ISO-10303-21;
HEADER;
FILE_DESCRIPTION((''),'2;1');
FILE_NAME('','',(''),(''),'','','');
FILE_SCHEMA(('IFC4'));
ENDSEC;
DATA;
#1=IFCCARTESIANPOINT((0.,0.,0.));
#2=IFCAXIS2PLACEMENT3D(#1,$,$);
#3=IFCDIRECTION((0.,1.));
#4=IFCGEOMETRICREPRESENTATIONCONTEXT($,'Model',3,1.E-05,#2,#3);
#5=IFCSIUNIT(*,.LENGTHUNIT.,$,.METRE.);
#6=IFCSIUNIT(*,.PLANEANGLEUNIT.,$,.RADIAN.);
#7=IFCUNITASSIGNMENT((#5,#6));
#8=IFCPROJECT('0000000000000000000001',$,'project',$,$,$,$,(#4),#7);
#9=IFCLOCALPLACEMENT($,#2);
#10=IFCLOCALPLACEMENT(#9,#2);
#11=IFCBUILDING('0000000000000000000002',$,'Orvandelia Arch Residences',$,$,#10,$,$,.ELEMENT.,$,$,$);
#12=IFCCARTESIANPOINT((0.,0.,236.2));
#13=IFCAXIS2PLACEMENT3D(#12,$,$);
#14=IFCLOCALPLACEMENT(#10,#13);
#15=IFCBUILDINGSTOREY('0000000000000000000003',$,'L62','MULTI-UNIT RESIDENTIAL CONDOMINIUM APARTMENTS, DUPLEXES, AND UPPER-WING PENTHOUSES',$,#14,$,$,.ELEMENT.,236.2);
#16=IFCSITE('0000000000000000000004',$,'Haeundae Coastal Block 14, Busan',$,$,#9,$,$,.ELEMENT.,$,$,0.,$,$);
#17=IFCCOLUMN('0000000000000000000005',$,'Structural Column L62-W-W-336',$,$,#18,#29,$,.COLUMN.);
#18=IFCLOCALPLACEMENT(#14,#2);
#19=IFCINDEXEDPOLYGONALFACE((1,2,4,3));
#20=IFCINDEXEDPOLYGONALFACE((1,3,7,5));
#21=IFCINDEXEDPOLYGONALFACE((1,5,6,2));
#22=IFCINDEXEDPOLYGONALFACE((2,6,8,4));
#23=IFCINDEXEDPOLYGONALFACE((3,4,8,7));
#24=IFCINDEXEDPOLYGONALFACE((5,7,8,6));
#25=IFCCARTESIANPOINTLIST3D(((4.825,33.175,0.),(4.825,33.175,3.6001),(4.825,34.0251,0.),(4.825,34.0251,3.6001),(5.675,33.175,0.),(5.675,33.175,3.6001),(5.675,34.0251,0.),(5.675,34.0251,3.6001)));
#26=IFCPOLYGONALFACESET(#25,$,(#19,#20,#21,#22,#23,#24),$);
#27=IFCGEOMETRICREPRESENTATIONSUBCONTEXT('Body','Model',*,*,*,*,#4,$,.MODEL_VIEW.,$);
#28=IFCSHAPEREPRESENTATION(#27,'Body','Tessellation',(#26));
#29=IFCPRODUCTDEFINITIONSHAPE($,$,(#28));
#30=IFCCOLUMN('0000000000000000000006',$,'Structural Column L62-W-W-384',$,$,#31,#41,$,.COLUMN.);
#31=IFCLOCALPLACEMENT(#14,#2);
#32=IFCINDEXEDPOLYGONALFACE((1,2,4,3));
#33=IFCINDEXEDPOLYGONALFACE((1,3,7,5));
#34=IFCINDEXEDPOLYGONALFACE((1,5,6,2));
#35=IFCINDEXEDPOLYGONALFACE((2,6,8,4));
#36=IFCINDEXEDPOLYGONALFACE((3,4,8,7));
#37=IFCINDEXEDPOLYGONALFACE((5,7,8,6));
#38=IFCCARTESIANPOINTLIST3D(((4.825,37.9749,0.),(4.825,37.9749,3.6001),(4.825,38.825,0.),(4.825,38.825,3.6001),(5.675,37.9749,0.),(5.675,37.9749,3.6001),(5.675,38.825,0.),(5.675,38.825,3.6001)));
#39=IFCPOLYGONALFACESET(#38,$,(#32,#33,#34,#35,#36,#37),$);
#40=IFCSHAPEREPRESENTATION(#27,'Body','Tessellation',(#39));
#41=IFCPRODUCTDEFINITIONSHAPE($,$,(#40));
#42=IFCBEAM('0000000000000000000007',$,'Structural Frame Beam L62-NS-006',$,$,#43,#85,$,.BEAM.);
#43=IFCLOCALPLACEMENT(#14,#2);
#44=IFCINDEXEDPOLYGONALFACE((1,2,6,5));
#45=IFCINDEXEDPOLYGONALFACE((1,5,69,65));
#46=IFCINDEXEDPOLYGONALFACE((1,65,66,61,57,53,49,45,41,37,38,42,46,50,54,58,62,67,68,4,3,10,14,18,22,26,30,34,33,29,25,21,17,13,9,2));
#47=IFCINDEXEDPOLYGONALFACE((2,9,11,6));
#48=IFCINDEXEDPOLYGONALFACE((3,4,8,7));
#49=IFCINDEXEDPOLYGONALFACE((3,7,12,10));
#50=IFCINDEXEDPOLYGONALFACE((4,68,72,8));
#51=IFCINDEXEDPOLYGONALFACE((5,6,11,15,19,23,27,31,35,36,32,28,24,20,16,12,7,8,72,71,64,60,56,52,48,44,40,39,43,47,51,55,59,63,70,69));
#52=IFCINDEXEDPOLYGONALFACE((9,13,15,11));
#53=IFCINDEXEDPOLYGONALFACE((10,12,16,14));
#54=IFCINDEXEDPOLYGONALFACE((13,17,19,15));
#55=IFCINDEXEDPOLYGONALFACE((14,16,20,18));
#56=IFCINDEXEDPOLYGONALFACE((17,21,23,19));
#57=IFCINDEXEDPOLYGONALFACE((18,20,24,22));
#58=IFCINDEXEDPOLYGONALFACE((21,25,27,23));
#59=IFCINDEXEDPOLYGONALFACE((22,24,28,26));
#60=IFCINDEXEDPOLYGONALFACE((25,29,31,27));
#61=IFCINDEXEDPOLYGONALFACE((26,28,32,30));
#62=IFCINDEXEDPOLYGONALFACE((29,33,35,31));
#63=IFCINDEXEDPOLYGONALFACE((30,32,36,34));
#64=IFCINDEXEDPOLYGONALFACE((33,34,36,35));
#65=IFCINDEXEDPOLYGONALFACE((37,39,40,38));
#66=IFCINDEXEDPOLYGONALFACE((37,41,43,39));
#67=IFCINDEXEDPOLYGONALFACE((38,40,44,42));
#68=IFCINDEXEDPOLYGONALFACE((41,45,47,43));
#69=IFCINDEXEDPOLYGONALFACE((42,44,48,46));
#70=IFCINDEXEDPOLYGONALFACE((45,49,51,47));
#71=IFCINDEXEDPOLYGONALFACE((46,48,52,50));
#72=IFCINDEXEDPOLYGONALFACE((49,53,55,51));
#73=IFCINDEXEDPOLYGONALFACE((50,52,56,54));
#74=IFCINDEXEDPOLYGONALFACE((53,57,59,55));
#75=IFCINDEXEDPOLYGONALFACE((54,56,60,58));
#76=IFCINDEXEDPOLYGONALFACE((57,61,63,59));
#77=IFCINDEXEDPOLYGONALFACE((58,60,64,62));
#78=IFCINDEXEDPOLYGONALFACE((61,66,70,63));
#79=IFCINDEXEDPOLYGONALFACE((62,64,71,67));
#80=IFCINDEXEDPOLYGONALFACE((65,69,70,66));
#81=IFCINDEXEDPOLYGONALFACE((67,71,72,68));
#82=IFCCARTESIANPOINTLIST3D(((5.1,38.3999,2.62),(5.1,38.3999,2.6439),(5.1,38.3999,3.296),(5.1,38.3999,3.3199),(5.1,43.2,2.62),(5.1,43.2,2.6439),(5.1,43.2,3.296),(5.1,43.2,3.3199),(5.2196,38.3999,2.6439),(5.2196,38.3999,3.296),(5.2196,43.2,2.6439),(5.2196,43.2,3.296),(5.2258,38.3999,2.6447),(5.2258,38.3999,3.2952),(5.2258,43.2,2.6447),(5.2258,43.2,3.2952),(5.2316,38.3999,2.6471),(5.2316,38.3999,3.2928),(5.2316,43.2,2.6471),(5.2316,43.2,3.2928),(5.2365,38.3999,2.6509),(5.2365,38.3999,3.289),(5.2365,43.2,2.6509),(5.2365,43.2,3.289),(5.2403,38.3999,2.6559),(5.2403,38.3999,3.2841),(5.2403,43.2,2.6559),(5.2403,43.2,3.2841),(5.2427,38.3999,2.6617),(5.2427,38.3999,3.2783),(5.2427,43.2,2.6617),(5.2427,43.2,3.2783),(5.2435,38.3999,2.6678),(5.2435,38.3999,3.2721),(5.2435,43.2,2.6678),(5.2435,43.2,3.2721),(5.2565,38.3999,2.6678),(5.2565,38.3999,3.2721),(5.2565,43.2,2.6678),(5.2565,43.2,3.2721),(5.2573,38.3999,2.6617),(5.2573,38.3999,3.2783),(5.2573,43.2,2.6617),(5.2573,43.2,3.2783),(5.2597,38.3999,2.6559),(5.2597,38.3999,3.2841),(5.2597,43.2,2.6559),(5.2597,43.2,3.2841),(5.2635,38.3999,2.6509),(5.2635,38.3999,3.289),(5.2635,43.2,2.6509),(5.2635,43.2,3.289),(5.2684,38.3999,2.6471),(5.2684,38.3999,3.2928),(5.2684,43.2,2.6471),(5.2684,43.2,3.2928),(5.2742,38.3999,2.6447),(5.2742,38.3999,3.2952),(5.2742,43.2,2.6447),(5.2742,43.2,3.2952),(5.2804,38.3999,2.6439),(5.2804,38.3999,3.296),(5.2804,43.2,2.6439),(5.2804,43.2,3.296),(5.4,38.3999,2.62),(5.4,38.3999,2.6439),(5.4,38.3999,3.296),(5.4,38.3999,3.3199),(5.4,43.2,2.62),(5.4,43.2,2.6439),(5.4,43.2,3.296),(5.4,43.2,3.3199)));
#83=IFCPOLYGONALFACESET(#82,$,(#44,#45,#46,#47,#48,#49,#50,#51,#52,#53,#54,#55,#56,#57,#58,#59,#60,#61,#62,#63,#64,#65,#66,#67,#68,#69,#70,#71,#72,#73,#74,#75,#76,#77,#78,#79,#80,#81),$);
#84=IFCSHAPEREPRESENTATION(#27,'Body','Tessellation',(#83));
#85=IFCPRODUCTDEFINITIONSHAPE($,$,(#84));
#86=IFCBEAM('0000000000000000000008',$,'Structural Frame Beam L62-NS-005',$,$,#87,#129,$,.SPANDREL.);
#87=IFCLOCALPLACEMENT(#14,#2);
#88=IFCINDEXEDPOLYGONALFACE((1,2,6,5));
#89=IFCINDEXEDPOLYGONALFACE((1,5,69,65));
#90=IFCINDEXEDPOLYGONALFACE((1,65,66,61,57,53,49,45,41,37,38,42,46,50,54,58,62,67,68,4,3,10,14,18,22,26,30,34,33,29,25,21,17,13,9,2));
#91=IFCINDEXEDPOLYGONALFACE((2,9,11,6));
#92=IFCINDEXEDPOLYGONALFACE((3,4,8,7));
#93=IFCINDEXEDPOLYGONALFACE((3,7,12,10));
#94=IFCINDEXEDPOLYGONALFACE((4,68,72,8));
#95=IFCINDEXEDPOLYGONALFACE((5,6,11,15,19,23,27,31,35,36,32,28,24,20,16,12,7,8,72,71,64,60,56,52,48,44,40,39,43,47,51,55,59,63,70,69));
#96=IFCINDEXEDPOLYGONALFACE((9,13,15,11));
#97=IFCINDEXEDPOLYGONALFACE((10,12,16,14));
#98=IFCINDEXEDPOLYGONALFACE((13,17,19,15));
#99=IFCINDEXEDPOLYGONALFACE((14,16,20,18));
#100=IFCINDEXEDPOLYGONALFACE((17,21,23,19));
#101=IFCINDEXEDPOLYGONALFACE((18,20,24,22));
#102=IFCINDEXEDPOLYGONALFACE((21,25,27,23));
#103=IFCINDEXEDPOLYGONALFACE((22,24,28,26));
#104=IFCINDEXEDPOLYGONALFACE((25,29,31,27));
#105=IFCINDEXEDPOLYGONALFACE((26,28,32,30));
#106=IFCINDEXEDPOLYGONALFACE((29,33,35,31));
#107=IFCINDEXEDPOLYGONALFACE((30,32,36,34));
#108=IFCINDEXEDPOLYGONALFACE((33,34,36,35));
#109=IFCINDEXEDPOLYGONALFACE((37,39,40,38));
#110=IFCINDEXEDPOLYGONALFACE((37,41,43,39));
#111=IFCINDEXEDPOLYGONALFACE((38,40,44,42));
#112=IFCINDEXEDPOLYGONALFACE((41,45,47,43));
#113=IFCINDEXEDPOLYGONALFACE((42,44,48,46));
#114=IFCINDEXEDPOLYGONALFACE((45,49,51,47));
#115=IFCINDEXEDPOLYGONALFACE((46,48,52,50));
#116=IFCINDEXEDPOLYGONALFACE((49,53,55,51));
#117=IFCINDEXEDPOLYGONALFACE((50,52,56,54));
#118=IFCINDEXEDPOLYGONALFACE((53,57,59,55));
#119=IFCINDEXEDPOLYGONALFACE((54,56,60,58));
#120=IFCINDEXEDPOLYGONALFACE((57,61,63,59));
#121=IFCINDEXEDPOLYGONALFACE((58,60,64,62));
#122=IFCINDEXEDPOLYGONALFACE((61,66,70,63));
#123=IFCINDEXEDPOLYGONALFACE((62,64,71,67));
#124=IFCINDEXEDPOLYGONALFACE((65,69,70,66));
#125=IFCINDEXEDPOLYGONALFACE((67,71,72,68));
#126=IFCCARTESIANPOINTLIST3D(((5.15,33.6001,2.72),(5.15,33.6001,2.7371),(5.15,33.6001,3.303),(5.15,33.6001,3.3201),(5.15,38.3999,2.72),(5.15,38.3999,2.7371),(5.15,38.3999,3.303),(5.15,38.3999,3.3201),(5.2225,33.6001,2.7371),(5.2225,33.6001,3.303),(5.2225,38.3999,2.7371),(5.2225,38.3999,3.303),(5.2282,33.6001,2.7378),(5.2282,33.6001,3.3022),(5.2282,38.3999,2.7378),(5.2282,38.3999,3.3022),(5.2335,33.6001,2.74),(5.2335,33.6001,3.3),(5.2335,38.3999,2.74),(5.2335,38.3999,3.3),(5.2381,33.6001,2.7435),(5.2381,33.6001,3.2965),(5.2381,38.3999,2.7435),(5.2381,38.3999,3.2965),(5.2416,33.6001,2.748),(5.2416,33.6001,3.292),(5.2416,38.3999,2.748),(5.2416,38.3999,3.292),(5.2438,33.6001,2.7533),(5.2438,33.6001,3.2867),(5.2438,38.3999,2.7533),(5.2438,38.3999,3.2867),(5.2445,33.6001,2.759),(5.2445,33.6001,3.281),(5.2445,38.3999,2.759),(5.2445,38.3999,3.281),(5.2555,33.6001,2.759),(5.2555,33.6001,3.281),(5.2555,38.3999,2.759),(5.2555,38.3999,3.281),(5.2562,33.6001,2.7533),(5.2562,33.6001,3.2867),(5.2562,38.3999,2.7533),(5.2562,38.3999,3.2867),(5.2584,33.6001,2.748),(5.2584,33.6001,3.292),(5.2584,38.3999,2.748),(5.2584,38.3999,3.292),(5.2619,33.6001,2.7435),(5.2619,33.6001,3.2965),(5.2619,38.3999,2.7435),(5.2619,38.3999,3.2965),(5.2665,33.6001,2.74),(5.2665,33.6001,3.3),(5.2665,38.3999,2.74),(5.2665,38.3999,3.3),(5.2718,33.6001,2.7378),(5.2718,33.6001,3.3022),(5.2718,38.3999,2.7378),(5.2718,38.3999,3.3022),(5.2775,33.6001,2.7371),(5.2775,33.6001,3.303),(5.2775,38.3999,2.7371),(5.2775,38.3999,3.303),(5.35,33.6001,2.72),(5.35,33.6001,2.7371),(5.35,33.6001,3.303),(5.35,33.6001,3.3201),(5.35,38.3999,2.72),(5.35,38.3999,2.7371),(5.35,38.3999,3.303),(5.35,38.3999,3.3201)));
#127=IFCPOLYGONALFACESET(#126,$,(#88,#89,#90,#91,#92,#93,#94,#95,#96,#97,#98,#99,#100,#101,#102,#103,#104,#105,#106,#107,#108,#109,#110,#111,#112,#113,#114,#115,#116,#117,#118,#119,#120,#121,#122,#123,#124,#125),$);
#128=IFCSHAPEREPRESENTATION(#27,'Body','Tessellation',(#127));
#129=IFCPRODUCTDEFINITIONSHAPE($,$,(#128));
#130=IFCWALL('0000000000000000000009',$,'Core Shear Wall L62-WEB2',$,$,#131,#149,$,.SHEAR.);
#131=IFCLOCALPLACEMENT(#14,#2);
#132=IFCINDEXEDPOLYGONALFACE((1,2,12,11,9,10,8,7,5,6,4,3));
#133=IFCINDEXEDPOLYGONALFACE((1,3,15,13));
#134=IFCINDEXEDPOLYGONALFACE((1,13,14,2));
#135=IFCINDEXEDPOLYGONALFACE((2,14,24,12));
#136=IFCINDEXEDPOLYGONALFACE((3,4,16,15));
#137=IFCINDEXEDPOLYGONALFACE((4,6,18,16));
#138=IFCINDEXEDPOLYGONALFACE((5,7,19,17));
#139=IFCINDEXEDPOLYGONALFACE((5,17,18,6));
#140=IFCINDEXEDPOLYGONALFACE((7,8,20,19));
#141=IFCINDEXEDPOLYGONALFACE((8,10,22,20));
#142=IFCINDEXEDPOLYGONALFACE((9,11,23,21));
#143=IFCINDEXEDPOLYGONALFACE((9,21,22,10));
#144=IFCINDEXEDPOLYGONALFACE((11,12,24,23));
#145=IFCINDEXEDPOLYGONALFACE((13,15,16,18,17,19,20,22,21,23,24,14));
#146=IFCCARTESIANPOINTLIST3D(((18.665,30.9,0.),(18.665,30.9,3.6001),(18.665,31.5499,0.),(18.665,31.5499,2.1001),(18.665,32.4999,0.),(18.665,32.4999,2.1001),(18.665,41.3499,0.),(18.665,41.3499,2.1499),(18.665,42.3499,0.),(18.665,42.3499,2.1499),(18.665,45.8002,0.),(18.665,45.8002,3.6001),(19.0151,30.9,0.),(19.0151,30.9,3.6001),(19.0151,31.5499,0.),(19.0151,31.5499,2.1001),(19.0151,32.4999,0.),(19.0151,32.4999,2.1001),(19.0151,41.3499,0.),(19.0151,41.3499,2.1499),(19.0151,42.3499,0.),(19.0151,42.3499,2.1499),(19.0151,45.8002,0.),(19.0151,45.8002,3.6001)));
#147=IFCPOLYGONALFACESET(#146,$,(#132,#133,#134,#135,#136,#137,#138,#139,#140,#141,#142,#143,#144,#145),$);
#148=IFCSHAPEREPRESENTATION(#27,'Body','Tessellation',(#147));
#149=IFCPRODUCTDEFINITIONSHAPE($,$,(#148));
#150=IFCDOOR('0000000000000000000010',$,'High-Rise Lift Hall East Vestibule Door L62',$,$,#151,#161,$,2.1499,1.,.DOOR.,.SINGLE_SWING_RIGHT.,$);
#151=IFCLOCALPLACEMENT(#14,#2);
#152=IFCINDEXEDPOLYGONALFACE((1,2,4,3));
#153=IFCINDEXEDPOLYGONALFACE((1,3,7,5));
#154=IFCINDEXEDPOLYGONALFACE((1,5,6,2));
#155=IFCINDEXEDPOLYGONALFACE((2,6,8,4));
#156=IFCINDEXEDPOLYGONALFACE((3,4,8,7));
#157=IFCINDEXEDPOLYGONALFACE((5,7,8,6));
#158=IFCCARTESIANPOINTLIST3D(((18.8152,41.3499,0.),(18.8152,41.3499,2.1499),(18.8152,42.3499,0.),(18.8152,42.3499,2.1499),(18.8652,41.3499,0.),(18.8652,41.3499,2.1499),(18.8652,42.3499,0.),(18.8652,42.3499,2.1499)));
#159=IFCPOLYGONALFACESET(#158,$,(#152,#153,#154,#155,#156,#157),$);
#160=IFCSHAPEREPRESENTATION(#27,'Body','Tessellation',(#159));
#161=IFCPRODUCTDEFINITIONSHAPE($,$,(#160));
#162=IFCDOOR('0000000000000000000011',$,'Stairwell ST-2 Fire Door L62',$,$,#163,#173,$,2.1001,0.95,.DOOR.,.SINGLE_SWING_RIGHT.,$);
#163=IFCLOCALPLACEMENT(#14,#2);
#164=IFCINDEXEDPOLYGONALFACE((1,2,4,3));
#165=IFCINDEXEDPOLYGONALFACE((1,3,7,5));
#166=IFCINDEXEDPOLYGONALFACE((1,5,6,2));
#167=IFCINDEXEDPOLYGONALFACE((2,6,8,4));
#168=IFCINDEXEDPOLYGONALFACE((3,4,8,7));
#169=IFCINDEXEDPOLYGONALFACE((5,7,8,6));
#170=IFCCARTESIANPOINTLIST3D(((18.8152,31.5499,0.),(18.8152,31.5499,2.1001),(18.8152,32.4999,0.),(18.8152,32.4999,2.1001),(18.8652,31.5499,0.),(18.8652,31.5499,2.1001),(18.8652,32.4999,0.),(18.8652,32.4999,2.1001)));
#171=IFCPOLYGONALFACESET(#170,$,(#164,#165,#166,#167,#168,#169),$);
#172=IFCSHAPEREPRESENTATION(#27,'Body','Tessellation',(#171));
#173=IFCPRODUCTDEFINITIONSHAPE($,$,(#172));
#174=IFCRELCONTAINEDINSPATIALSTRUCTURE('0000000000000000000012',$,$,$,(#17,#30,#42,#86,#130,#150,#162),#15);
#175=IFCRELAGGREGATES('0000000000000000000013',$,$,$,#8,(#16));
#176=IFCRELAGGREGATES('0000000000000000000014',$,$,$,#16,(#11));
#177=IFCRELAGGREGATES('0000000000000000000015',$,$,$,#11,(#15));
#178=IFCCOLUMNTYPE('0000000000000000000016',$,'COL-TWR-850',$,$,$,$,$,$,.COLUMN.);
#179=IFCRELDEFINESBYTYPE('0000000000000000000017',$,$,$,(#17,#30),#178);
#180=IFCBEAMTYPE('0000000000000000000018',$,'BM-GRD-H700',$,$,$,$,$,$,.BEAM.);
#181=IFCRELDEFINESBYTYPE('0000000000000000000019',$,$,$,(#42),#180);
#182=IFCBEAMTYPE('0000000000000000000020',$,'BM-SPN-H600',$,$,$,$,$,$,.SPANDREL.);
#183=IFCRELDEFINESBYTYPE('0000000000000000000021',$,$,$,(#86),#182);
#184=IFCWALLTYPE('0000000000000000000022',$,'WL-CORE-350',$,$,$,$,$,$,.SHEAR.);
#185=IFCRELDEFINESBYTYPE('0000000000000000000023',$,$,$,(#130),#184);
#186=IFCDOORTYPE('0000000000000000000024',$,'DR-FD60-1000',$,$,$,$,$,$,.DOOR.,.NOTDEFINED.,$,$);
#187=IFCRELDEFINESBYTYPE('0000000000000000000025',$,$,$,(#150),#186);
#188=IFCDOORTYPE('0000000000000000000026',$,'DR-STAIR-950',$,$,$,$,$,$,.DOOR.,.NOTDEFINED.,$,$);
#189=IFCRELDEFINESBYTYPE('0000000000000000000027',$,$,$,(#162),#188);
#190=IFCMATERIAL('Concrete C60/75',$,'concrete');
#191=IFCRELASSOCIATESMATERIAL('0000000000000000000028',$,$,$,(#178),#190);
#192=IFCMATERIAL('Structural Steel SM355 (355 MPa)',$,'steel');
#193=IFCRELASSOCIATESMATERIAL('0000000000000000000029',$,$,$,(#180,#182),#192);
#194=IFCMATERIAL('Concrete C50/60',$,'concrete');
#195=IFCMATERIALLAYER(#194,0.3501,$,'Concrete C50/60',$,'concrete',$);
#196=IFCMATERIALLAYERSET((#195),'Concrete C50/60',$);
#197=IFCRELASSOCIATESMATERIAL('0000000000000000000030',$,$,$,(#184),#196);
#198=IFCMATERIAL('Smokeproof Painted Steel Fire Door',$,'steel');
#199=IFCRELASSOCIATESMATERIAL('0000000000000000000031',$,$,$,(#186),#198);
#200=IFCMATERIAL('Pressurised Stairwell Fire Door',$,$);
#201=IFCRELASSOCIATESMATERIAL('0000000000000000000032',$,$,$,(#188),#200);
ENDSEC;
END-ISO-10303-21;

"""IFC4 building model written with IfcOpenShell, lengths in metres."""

from ifc_helpers import new_model, si_unit, direction, frame, frame_2d, origin, origin_2d, place, context, subcontext, project, spatial, rectangle, i_section, extrude, material, layer, layer_set, material_profile, profile_set, type_object, element, fill, save


model = new_model("IFC4")

# Units and contexts
model_context = context("Model", 3, precision=1e-05, world=origin(), true_north=direction((0.0, 1.0)))
body_context = subcontext(model_context, "Body", "Model", "MODEL_VIEW")
ifc_project = project(units=[si_unit("LENGTHUNIT", "METRE"), si_unit("PLANEANGLEUNIT", "RADIAN")], contexts=[model_context])

# Site, building, storey
site_placement = place(None, origin())
site = spatial("IfcSite", under=ifc_project, at=site_placement, Name="Haeundae Coastal Block 14, Busan", CompositionType="ELEMENT", RefElevation=0.0)
building_placement = place(site_placement, origin())
building = spatial("IfcBuilding", under=site, at=building_placement, Name="Orvandelia Arch Residences", CompositionType="ELEMENT")
storey_placement = place(building_placement, frame((0.0, 0.0, 236.2)))
storey = spatial("IfcBuildingStorey", under=building, at=storey_placement, Name="L62", Description="MULTI-UNIT RESIDENTIAL CONDOMINIUM APARTMENTS, DUPLEXES, AND UPPER-WING PENTHOUSES", CompositionType="ELEMENT", Elevation=236.2)

# Columns
ifc_material_1 = material(Name="Concrete C60/75", Category="concrete")
ifc_material_profile_1 = material_profile(ifc_material_1, rectangle(XDim=0.8501, YDim=0.8501, at=origin_2d()), Name="Concrete C60/75", Category="concrete")
ifc_profile_set_1 = profile_set([ifc_material_profile_1], Name="Concrete C60/75")
column_type = type_object("IfcColumnType", Name="COL-TWR-850", PredefinedType="COLUMN", material=ifc_profile_set_1)
for number, where, z_axis, x_axis, name in (
    (1, (5.25, 33.6001, 0.0), (0.0, 0.0, 1.0), (1.0, 0.0, 0.0), "Structural Column L62-W-W-336"),
    (2, (5.25, 38.3999, 0.0), (0.0, 0.0, 1.0), (1.0, 0.0, 0.0), "Structural Column L62-W-W-384"),
):
    element("IfcColumn", number, at=place(storey_placement, frame(where, z_axis=z_axis, x_axis=x_axis)), inside=storey, type_object=column_type, Name=name, PredefinedType="COLUMN", context=body_context, shape_type="SweptSolid", body=[
        extrude(rectangle(XDim=0.8501, YDim=0.8501, at=origin_2d()), origin(), (0.0, 0.0, 1.0), 3.6001),
    ])

# Beams
ifc_material_2 = material(Name="Structural Steel SM355 (355 MPa)", Category="steel")
ifc_material_profile_2 = material_profile(ifc_material_2, i_section(OverallWidth=0.3, OverallDepth=0.7, WebThickness=0.0129, FlangeThickness=0.0239, FilletRadius=0.0239, at=origin_2d()), Name="Structural Steel SM355 (355 MPa)", Category="steel")
ifc_profile_set_2 = profile_set([ifc_material_profile_2], Name="Structural Steel SM355 (355 MPa)")
beam_type_1 = type_object("IfcBeamType", Name="BM-GRD-H700", PredefinedType="BEAM", material=ifc_profile_set_2)
beam_1_placement = place(storey_placement, frame((5.25, 38.3999, 2.97), z_axis=(0.0, 1.0, 0.0), x_axis=(-1.0, 0.0, 0.0)))
element("IfcBeam", 3, at=beam_1_placement, inside=storey, type_object=beam_type_1, Name="Structural Frame Beam L62-NS-006", PredefinedType="BEAM", context=body_context, shape_type="SweptSolid", body=[
    extrude(i_section(OverallWidth=0.3, OverallDepth=0.7, WebThickness=0.0129, FlangeThickness=0.0239, FilletRadius=0.0239, at=origin_2d()), origin(), (0.0, 0.0, 1.0), 4.8),
])
ifc_material_profile_3 = material_profile(ifc_material_2, i_section(OverallWidth=0.2, OverallDepth=0.6001, WebThickness=0.011, FlangeThickness=0.0171, FilletRadius=0.022, at=origin_2d()), Name="Structural Steel SM355 (355 MPa)", Category="steel")
ifc_profile_set_3 = profile_set([ifc_material_profile_3], Name="Structural Steel SM355 (355 MPa)")
beam_type_2 = type_object("IfcBeamType", Name="BM-SPN-H600", PredefinedType="SPANDREL", material=ifc_profile_set_3)
beam_2_placement = place(storey_placement, frame((5.25, 33.6001, 3.02), z_axis=(0.0, 1.0, 0.0), x_axis=(-1.0, 0.0, 0.0)))
element("IfcBeam", 4, at=beam_2_placement, inside=storey, type_object=beam_type_2, Name="Structural Frame Beam L62-NS-005", PredefinedType="SPANDREL", context=body_context, shape_type="SweptSolid", body=[
    extrude(i_section(OverallWidth=0.2, OverallDepth=0.6001, WebThickness=0.011, FlangeThickness=0.0171, FilletRadius=0.022, at=origin_2d()), origin(), (0.0, 0.0, 1.0), 4.7998),
])

# Wall, openings, doors
ifc_material_3 = material(Name="Concrete C50/60", Category="concrete")
ifc_layer_1 = layer(ifc_material_3, 0.3501, Name="Concrete C50/60", Category="concrete")
ifc_layer_set_1 = layer_set([ifc_layer_1], Name="Concrete C50/60")
wall_type_1 = type_object("IfcWallType", Name="WL-CORE-350", PredefinedType="SHEAR", material=ifc_layer_set_1)
wall_1_placement = place(storey_placement, frame((18.8401, 30.8999, 0.0), z_axis=(0.0, 0.0, 1.0), x_axis=(0.0, 1.0, 0.0)))
wall_1 = element("IfcWall", 5, at=wall_1_placement, inside=storey, type_object=wall_type_1, Name="Core Shear Wall L62-WEB2", PredefinedType="SHEAR", context=body_context, shape_type="SweptSolid", body=[
    extrude(rectangle(XDim=14.9001, YDim=0.3501, at=frame_2d((7.4502, 0.0))), origin(), (0.0, 0.0, 1.0), 3.6001),
])
opening_1_placement = place(wall_1_placement, frame((0.6499, 0.0, 0.0)))
opening_1 = element("IfcOpeningElement", 6, at=opening_1_placement, cuts=wall_1, PredefinedType="OPENING", context=body_context, shape_type="SweptSolid", body=[
    extrude(rectangle(XDim=0.95, YDim=2.1001, at=frame_2d((0.4751, 1.05))), frame((0.0, 0.1851, 0.0), z_axis=(0.0, -1.0, 0.0), x_axis=(1.0, 0.0, 0.0)), (0.0, 0.0, 1.0), 0.3701),
])
opening_2_placement = place(wall_1_placement, frame((10.45, 0.0, 0.0)))
opening_2 = element("IfcOpeningElement", 7, at=opening_2_placement, cuts=wall_1, PredefinedType="OPENING", context=body_context, shape_type="SweptSolid", body=[
    extrude(rectangle(XDim=1.0, YDim=2.1499, at=frame_2d((0.5, 1.075))), frame((0.0, 0.1851, 0.0), z_axis=(0.0, -1.0, 0.0), x_axis=(1.0, 0.0, 0.0)), (0.0, 0.0, 1.0), 0.3701),
])
ifc_material_4 = material(Name="Smokeproof Painted Steel Fire Door", Category="steel")
door_type_1 = type_object("IfcDoorType", Name="DR-FD60-1000", OperationType="NOTDEFINED", PredefinedType="DOOR", material=ifc_material_4)
door_1_placement = place(opening_2_placement, origin())
door_1 = element("IfcDoor", 8, at=door_1_placement, inside=storey, type_object=door_type_1, Name="High-Rise Lift Hall East Vestibule Door L62", OperationType="SINGLE_SWING_RIGHT", OverallHeight=2.1499, OverallWidth=1.0, PredefinedType="DOOR", context=body_context, shape_type="SweptSolid", body=[
    extrude(rectangle(XDim=1.0, YDim=2.1499, at=frame_2d((0.5, 1.075))), frame((0.0, 0.0249, 0.0), z_axis=(0.0, -1.0, 0.0), x_axis=(1.0, 0.0, 0.0)), (0.0, 0.0, 1.0), 0.05),
])
fill(opening_2, door_1)
ifc_material_5 = material(Name="Pressurised Stairwell Fire Door")
door_type_2 = type_object("IfcDoorType", Name="DR-STAIR-950", OperationType="NOTDEFINED", PredefinedType="DOOR", material=ifc_material_5)
door_2_placement = place(opening_1_placement, origin())
door_2 = element("IfcDoor", 9, at=door_2_placement, inside=storey, type_object=door_type_2, Name="Stairwell ST-2 Fire Door L62", OperationType="SINGLE_SWING_RIGHT", OverallHeight=2.1001, OverallWidth=0.95, PredefinedType="DOOR", context=body_context, shape_type="SweptSolid", body=[
    extrude(rectangle(XDim=0.95, YDim=2.1001, at=frame_2d((0.4751, 1.05))), frame((0.0, 0.0249, 0.0), z_axis=(0.0, -1.0, 0.0), x_axis=(1.0, 0.0, 0.0)), (0.0, 0.0, 1.0), 0.05),
])
fill(opening_1, door_2)

save(model, "model.ifc")
